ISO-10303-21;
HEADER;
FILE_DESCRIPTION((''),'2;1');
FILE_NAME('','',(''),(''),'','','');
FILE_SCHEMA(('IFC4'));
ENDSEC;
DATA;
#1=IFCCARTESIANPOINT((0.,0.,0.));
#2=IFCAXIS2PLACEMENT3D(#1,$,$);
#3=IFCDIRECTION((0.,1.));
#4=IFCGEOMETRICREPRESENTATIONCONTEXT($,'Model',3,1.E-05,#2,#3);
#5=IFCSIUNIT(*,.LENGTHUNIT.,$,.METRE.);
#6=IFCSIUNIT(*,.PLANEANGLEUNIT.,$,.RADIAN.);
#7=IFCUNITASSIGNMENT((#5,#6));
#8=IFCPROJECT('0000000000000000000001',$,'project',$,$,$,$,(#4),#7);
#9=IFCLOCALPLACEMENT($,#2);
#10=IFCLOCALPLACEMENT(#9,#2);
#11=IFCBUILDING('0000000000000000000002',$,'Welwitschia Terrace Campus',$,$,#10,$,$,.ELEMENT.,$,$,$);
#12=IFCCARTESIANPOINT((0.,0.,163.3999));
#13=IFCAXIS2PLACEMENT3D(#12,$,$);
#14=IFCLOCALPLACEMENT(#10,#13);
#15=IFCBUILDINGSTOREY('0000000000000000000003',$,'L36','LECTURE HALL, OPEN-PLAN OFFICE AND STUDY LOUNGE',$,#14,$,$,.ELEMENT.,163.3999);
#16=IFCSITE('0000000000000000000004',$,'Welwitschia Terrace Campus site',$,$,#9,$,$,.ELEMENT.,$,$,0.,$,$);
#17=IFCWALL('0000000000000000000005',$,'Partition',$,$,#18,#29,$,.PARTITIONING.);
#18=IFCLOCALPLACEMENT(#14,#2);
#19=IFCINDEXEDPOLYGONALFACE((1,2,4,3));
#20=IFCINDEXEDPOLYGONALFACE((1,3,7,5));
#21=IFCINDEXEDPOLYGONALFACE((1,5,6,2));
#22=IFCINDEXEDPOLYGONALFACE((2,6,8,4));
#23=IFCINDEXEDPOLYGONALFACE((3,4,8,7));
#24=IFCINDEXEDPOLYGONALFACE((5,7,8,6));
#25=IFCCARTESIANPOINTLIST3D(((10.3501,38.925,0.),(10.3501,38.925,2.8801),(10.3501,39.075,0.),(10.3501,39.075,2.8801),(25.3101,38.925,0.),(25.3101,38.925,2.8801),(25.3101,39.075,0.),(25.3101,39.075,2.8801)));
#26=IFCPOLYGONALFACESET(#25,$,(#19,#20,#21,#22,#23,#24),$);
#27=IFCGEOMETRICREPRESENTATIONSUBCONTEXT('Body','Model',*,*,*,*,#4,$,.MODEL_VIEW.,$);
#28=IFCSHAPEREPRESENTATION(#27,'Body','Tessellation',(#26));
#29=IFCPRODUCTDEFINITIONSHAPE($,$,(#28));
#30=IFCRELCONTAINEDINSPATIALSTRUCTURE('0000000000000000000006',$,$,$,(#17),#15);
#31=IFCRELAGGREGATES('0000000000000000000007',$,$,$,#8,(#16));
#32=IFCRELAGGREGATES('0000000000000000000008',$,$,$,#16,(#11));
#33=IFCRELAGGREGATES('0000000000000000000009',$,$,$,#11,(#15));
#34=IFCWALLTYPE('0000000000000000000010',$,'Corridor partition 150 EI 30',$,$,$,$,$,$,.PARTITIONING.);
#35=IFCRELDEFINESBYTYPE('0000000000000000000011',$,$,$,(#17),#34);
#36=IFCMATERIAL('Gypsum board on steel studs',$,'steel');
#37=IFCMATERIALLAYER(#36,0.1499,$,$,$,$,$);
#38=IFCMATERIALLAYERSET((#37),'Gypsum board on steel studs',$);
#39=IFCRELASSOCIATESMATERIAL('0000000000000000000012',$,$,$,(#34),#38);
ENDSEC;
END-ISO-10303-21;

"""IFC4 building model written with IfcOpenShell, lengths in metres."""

from ifc_helpers import new_model, si_unit, direction, frame, frame_2d, origin, place, context, subcontext, project, spatial, rectangle, extrude, material, layer, layer_set, type_object, element, save


model = new_model("IFC4")

# Units and contexts
model_context = context("Model", 3, precision=1e-05, world=origin(), true_north=direction((0.0, 1.0)))
body_context = subcontext(model_context, "Body", "Model", "MODEL_VIEW")
ifc_project = project(units=[si_unit("LENGTHUNIT", "METRE"), si_unit("PLANEANGLEUNIT", "RADIAN")], contexts=[model_context])

# Site, building, storey
site_placement = place(None, origin())
site = spatial("IfcSite", under=ifc_project, at=site_placement, Name="Welwitschia Terrace Campus site", CompositionType="ELEMENT", RefElevation=0.0)
building_placement = place(site_placement, origin())
building = spatial("IfcBuilding", under=site, at=building_placement, Name="Welwitschia Terrace Campus", CompositionType="ELEMENT")
storey_placement = place(building_placement, frame((0.0, 0.0, 163.3999)))
storey = spatial("IfcBuildingStorey", under=building, at=storey_placement, Name="L36", Description="LECTURE HALL, OPEN-PLAN OFFICE AND STUDY LOUNGE", CompositionType="ELEMENT", Elevation=163.3999)

# Shared definitions
ifc_material_1 = material(Name="Gypsum board on steel studs", Category="steel")
ifc_layer_1 = layer(ifc_material_1, 0.1499)
ifc_layer_set_1 = layer_set([ifc_layer_1], Name="Gypsum board on steel studs")
wall_type = type_object("IfcWallType", Name="Corridor partition 150 EI 30", PredefinedType="PARTITIONING", material=ifc_layer_set_1)

# Wall
wall_1_placement = place(storey_placement, frame((10.3501, 39.0, 0.0), z_axis=(0.0, 0.0, 1.0), x_axis=(1.0, 0.0, 0.0)))
element("IfcWall", 1, at=wall_1_placement, inside=storey, type_object=wall_type, Name="Partition", PredefinedType="PARTITIONING", context=body_context, shape_type="SweptSolid", body=[
    extrude(rectangle(XDim=14.96, YDim=0.1499, at=frame_2d((7.48, 0.0))), origin(), (0.0, 0.0, 1.0), 2.8801),
])

save(model, "model.ifc")
